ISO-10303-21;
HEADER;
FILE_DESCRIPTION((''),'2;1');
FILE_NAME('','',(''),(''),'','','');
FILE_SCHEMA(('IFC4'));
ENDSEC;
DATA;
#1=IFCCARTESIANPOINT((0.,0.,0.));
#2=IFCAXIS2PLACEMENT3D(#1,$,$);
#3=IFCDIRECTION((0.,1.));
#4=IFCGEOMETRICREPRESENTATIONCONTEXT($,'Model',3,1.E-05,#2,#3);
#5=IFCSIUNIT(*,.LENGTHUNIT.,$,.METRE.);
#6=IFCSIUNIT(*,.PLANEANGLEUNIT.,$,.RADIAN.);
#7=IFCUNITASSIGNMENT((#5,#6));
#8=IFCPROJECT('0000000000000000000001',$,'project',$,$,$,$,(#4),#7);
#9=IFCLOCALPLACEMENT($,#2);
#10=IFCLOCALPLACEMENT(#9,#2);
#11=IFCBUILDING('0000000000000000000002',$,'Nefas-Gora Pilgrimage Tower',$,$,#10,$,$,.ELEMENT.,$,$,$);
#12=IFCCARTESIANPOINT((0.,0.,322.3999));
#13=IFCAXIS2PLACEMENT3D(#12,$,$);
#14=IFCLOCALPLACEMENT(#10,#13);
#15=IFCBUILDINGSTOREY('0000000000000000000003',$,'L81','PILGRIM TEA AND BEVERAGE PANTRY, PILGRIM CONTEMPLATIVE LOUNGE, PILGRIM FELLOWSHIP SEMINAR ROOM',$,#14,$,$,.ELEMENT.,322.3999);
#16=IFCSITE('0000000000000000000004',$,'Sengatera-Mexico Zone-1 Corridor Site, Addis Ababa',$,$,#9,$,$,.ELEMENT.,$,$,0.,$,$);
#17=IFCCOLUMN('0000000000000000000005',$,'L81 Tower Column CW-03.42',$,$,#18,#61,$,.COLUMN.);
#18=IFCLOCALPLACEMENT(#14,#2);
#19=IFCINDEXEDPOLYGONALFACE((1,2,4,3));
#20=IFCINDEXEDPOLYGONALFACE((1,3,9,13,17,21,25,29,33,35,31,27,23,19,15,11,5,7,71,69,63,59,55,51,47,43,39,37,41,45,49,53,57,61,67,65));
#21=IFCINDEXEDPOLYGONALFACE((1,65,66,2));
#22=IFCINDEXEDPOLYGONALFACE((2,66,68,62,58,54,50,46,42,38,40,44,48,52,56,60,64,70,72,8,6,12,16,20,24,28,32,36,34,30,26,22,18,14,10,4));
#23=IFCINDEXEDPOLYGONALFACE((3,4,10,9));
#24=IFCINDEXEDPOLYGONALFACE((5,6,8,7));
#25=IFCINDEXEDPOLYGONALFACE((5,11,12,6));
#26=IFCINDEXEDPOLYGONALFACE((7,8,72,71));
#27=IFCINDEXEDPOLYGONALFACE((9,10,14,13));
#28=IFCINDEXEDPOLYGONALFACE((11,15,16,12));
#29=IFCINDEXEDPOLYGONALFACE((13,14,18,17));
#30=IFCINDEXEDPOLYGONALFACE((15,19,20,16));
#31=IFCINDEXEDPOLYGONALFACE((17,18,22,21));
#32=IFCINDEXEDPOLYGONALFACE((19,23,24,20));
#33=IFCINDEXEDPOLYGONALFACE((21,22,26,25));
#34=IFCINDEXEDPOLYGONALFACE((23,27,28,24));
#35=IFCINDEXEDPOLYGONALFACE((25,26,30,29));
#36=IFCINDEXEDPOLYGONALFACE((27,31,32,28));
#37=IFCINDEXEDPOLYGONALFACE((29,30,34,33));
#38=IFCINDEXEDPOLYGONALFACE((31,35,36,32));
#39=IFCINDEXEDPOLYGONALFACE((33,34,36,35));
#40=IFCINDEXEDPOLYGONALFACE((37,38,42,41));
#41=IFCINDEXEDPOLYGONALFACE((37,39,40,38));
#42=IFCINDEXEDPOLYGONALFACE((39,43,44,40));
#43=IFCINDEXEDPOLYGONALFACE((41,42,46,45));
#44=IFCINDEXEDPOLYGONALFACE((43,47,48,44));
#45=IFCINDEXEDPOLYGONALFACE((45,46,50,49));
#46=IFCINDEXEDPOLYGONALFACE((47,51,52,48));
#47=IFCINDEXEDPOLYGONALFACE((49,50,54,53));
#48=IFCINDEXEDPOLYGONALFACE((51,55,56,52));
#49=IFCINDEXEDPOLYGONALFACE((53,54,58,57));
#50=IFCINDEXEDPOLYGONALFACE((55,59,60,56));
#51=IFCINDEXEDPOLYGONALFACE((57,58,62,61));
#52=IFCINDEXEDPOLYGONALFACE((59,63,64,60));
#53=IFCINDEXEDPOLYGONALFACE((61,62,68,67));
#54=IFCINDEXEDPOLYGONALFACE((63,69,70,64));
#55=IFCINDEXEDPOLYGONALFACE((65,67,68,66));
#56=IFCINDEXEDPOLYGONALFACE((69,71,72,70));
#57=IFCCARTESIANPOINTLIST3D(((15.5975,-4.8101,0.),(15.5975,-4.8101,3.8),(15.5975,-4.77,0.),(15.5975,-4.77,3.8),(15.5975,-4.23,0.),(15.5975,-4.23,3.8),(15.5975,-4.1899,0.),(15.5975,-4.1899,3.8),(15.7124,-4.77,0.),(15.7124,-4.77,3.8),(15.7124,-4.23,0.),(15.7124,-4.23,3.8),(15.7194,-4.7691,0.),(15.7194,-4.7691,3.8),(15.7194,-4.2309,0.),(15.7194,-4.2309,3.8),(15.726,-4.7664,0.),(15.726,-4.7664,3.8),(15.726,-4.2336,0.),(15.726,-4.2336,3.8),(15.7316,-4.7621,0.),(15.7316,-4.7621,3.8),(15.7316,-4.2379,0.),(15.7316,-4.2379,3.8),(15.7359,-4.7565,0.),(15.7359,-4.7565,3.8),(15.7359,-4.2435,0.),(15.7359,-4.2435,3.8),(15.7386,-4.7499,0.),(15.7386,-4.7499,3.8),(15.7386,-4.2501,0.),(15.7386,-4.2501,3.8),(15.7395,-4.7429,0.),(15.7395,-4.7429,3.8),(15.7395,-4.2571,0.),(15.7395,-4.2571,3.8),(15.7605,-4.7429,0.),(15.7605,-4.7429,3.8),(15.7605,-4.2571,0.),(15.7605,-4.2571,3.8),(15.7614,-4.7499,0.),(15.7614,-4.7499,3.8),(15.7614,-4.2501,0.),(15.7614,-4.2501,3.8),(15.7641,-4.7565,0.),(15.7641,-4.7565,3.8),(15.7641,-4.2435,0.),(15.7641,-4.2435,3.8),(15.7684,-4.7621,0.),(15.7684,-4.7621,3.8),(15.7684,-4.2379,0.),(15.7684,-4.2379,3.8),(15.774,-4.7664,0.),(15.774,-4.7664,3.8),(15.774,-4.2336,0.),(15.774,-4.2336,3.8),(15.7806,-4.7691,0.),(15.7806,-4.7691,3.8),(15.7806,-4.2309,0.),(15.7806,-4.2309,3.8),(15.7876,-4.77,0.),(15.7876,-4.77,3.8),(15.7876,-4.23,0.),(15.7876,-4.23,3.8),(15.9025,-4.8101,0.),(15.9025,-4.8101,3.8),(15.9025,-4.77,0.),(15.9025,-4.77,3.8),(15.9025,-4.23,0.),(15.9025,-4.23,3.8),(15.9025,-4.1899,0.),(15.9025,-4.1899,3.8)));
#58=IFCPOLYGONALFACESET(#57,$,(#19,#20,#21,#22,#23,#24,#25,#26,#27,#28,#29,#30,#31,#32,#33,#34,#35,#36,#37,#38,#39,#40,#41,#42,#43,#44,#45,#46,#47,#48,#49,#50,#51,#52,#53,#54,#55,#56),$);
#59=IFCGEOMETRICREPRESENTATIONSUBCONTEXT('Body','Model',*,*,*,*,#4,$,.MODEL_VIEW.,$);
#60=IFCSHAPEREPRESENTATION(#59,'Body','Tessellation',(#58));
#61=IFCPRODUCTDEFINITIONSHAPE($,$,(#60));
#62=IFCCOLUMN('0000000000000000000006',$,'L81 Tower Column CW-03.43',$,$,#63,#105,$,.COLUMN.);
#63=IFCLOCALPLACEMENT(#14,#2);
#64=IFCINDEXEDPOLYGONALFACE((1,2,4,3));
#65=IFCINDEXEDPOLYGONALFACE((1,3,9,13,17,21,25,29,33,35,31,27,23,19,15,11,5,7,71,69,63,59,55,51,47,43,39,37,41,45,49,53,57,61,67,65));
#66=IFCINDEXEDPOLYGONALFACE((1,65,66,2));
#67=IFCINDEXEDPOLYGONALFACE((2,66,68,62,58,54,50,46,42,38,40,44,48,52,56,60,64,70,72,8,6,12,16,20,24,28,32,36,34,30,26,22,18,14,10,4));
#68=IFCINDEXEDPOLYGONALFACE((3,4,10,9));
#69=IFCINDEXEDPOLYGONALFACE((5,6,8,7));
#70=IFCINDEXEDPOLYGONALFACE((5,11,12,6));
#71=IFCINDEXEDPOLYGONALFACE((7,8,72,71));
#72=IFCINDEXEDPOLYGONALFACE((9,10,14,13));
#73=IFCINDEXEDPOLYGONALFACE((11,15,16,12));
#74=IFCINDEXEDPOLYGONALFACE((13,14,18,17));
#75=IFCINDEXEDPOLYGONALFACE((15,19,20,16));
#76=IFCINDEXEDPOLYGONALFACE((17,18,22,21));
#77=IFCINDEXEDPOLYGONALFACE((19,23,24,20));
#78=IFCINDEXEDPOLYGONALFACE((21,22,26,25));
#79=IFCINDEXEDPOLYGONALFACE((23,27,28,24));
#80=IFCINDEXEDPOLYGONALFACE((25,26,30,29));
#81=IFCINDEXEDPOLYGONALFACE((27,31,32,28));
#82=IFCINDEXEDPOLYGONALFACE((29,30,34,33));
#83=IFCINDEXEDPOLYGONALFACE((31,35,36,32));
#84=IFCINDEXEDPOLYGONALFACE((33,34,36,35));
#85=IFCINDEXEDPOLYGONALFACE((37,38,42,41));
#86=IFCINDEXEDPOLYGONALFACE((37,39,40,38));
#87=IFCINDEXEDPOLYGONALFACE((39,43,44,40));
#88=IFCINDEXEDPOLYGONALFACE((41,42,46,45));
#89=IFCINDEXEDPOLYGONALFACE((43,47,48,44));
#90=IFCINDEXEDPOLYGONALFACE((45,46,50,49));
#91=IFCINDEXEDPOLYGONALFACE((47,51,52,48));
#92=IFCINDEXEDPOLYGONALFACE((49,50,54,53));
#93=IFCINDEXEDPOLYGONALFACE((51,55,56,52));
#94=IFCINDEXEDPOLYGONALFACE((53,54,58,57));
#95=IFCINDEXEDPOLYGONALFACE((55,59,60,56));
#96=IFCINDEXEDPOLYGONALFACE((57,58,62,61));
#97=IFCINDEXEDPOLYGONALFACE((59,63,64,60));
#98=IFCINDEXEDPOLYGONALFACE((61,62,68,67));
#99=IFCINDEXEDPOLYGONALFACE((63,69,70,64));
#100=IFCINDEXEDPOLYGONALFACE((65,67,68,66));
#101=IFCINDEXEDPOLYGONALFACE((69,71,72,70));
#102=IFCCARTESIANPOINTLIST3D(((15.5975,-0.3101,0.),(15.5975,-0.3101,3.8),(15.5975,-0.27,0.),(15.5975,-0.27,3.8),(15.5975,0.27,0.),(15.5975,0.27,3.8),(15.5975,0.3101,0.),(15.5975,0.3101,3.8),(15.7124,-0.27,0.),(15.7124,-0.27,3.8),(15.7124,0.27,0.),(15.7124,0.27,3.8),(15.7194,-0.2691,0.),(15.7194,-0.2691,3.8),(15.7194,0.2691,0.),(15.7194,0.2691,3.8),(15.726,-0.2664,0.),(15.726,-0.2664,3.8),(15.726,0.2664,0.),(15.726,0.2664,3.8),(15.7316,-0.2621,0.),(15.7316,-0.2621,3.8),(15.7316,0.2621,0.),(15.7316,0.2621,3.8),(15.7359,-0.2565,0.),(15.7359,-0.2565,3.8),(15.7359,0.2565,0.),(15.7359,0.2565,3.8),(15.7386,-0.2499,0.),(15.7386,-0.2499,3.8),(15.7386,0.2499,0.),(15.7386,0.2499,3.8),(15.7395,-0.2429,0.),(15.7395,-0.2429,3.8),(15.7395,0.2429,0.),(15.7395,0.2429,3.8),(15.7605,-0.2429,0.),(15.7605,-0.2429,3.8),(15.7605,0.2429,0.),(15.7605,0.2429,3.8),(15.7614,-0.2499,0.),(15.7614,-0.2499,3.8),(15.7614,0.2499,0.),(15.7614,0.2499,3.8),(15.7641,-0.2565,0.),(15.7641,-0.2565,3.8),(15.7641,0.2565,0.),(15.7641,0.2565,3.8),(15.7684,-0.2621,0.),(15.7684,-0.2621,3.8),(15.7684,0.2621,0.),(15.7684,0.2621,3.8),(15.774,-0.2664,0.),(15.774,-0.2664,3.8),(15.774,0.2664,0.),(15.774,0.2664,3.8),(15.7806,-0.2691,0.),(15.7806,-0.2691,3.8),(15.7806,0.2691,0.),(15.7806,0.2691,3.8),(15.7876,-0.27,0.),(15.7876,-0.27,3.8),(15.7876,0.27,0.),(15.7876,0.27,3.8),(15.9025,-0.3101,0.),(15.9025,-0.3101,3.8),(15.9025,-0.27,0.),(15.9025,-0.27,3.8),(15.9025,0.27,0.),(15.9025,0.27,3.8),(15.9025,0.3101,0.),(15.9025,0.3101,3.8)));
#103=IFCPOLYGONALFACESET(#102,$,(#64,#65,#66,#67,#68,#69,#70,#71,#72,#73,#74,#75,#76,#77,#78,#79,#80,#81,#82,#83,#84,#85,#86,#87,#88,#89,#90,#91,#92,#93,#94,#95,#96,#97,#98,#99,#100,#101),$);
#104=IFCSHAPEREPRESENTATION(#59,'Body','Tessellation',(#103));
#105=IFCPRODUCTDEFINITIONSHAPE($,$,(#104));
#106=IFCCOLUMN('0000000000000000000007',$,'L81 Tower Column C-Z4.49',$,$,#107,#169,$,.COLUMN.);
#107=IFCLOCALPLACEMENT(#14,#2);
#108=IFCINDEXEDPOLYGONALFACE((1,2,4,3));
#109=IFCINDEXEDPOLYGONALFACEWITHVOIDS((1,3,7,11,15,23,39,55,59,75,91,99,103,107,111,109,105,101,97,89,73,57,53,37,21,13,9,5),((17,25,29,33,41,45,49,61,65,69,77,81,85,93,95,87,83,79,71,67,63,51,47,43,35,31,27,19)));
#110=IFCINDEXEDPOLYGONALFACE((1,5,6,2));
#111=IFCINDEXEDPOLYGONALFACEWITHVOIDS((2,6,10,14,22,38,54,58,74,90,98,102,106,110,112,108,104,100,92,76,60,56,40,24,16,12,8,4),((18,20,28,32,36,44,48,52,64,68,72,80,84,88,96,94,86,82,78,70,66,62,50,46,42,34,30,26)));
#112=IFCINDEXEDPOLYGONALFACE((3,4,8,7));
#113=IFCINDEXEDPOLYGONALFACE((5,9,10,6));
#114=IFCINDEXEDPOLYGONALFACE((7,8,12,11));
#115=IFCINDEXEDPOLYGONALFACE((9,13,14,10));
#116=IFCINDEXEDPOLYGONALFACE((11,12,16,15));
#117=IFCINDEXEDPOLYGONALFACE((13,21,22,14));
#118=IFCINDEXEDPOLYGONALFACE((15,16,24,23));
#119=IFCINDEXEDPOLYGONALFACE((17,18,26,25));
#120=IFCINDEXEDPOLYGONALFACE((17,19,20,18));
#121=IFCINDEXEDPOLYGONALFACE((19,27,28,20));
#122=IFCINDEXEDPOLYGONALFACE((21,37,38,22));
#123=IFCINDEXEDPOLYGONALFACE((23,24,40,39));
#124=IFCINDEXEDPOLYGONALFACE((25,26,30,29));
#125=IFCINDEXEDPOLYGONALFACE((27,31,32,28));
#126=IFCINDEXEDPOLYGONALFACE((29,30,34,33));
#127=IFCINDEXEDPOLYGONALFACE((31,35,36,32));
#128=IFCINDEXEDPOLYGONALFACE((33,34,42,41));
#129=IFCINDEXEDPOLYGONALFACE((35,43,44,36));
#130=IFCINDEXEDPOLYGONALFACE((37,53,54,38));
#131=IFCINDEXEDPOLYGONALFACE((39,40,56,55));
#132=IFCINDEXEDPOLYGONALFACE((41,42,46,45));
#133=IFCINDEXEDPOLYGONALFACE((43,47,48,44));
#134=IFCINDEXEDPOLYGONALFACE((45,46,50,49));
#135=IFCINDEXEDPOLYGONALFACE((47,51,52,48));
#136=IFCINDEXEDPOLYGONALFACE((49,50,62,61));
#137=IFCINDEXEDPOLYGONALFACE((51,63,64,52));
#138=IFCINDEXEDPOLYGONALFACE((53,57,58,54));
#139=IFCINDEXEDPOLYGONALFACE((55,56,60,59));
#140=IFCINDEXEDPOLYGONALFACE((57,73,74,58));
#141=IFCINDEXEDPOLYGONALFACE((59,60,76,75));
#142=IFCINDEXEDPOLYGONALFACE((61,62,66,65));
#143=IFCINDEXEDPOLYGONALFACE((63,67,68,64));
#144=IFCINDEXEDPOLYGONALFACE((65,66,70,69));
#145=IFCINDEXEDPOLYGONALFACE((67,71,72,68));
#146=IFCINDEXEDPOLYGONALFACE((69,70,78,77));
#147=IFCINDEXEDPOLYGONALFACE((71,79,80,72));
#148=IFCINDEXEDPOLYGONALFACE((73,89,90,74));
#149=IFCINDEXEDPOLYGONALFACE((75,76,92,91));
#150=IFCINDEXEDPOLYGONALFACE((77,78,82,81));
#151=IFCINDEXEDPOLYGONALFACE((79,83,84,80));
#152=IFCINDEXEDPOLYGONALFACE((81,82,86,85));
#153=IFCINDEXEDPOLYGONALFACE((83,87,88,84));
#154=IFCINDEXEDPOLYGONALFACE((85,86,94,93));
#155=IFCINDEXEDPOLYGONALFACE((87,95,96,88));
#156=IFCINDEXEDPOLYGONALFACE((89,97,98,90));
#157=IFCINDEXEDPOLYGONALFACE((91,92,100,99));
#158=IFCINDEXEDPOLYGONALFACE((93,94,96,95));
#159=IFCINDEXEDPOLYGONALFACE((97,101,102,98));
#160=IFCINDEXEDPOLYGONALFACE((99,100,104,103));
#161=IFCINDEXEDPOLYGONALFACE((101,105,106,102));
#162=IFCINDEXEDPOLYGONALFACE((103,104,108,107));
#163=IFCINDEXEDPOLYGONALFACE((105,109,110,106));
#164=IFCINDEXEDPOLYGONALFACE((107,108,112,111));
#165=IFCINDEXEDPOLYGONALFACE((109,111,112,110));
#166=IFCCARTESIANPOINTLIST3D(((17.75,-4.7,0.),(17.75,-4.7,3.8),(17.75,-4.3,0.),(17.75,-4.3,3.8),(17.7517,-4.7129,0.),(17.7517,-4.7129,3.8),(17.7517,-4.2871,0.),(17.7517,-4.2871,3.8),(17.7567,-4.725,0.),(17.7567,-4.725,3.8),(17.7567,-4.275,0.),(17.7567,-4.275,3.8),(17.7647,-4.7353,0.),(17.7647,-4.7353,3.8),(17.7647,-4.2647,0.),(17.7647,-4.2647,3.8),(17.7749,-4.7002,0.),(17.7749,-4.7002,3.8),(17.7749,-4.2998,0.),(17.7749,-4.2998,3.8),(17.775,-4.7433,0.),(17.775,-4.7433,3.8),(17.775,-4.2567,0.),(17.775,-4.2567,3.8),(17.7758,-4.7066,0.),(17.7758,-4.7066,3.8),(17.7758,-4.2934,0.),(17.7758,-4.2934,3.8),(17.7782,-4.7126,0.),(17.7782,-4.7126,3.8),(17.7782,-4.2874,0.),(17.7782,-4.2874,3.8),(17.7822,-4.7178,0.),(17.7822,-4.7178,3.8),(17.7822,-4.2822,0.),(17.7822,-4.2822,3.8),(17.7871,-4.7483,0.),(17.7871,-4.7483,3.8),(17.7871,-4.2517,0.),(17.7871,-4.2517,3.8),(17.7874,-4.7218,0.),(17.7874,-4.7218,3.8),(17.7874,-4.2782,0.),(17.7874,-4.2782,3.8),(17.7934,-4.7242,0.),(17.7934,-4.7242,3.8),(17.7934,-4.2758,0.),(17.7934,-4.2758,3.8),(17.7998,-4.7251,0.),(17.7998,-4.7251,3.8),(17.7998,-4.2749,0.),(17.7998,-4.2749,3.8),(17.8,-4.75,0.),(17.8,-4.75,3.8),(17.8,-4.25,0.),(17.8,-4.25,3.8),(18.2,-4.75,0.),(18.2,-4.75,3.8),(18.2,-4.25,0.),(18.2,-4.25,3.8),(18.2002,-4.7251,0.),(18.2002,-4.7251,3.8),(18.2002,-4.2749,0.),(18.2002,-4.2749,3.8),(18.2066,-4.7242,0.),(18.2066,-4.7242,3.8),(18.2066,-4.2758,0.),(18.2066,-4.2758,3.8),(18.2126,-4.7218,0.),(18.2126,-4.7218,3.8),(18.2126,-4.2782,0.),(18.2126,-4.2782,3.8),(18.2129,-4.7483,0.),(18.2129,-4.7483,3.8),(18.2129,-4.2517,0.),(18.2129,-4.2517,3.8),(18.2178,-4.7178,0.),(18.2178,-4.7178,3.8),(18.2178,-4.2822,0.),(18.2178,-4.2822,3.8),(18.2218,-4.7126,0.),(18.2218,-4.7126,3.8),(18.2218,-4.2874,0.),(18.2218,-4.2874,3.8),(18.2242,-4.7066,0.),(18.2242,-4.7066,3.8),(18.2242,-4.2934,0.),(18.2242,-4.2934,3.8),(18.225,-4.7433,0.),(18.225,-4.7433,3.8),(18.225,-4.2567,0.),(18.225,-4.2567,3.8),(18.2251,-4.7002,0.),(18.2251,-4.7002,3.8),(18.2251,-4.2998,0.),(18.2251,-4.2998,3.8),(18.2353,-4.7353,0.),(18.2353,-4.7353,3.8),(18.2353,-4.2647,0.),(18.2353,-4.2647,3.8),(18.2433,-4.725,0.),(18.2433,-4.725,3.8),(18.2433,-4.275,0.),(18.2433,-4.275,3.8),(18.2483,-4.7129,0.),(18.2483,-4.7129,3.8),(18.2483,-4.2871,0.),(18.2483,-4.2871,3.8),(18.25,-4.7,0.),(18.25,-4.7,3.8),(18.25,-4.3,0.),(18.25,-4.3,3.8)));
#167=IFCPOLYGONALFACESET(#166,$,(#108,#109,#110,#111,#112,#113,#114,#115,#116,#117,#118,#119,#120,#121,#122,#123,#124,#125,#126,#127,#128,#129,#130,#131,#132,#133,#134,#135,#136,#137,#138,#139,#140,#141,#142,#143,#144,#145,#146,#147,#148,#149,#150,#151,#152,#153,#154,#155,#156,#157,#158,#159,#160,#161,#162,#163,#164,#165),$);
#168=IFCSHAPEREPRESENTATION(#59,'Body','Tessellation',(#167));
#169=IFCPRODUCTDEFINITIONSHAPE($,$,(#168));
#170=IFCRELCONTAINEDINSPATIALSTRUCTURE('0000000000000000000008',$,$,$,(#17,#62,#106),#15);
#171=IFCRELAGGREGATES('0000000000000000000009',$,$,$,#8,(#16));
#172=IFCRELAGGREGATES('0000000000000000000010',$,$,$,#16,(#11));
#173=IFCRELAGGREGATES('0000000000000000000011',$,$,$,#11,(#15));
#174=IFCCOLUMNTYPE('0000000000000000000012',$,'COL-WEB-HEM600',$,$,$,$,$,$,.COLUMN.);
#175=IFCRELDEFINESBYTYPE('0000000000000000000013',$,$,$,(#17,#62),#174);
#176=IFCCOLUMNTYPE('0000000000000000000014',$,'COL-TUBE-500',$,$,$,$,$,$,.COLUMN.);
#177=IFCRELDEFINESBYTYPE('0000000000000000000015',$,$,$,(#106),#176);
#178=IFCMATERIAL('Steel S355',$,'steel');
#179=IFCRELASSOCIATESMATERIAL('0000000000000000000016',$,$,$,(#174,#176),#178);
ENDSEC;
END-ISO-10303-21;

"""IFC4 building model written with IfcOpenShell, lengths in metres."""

from ifc_helpers import new_model, si_unit, direction, frame, origin, origin_2d, place, context, subcontext, project, spatial, hollow_rectangle, i_section, extrude, source, transform, mapped, material, material_profile, profile_set, type_object, element, save


model = new_model("IFC4")

# Units and contexts
model_context = context("Model", 3, precision=1e-05, world=origin(), true_north=direction((0.0, 1.0)))
body_context = subcontext(model_context, "Body", "Model", "MODEL_VIEW")
ifc_project = project(units=[si_unit("LENGTHUNIT", "METRE"), si_unit("PLANEANGLEUNIT", "RADIAN")], contexts=[model_context])

# Site, building, storey
site_placement = place(None, origin())
site = spatial("IfcSite", under=ifc_project, at=site_placement, Name="Sengatera-Mexico Zone-1 Corridor Site, Addis Ababa", CompositionType="ELEMENT", RefElevation=0.0)
building_placement = place(site_placement, origin())
building = spatial("IfcBuilding", under=site, at=building_placement, Name="Nefas-Gora Pilgrimage Tower", CompositionType="ELEMENT")
storey_placement = place(building_placement, frame((0.0, 0.0, 322.3999)))
storey = spatial("IfcBuildingStorey", under=building, at=storey_placement, Name="L81", Description="PILGRIM TEA AND BEVERAGE PANTRY, PILGRIM CONTEMPLATIVE LOUNGE, PILGRIM FELLOWSHIP SEMINAR ROOM", CompositionType="ELEMENT", Elevation=322.3999)

# Columns
ifc_material_1 = material(Name="Steel S355", Category="steel")
ifc_material_profile_1 = material_profile(ifc_material_1, i_section(OverallWidth=0.3049, OverallDepth=0.6201, WebThickness=0.021, FlangeThickness=0.04, FilletRadius=0.0271, at=origin_2d()), Name="HEM 600")
ifc_profile_set_1 = profile_set([ifc_material_profile_1], Name="Steel S355")
column_type_1 = type_object("IfcColumnType", Name="COL-WEB-HEM600", PredefinedType="COLUMN", material=ifc_profile_set_1)
shared_shape_1 = source(origin(), body_context, "Body", "SweptSolid", [
    extrude(i_section(OverallWidth=0.3049, OverallDepth=0.6201, WebThickness=0.021, FlangeThickness=0.04, FilletRadius=0.0271, at=origin_2d()), origin(), (0.0, 0.0, 1.0), 3.8),
])
for number, where, z_axis, x_axis, name in (
    (1, (15.75, -4.5, 0.0), (0.0, 0.0, 1.0), (1.0, 0.0, 0.0), "L81 Tower Column CW-03.42"),
    (2, (15.75, 0.0, 0.0), (0.0, 0.0, 1.0), (1.0, 0.0, 0.0), "L81 Tower Column CW-03.43"),
):
    element("IfcColumn", number, at=place(storey_placement, frame(where, z_axis=z_axis, x_axis=x_axis)), inside=storey, type_object=column_type_1, Name=name, PredefinedType="COLUMN", context=body_context, shape_type="MappedRepresentation", body=[
        mapped(shared_shape_1, transform((0.0, 0.0, 0.0), x_axis=(1.0, 0.0, 0.0), y_axis=(0.0, 1.0, 0.0), z_axis=(0.0, 0.0, 1.0), scale=1.0)),
    ])
ifc_material_profile_2 = material_profile(ifc_material_1, hollow_rectangle(XDim=0.5, YDim=0.5, WallThickness=0.0249, InnerFilletRadius=0.0249, OuterFilletRadius=0.05, at=origin_2d()), Name="SHS 500x500x25")
ifc_profile_set_2 = profile_set([ifc_material_profile_2], Name="Steel S355")
column_type_2 = type_object("IfcColumnType", Name="COL-TUBE-500", PredefinedType="COLUMN", material=ifc_profile_set_2)
shared_shape_2 = source(origin(), body_context, "Body", "SweptSolid", [
    extrude(hollow_rectangle(XDim=0.5, YDim=0.5, WallThickness=0.0249, InnerFilletRadius=0.0249, OuterFilletRadius=0.05, at=origin_2d()), origin(), (0.0, 0.0, 1.0), 3.8),
])
for number, where, z_axis, x_axis, name in (
    (3, (18.0, -4.5, 0.0), (0.0, 0.0, 1.0), (1.0, 0.0, 0.0), "L81 Tower Column C-Z4.49"),
):
    element("IfcColumn", number, at=place(storey_placement, frame(where, z_axis=z_axis, x_axis=x_axis)), inside=storey, type_object=column_type_2, Name=name, PredefinedType="COLUMN", context=body_context, shape_type="MappedRepresentation", body=[
        mapped(shared_shape_2, transform((0.0, 0.0, 0.0), x_axis=(1.0, 0.0, 0.0), y_axis=(0.0, 1.0, 0.0), z_axis=(0.0, 0.0, 1.0), scale=1.0)),
    ])

save(model, "model.ifc")
